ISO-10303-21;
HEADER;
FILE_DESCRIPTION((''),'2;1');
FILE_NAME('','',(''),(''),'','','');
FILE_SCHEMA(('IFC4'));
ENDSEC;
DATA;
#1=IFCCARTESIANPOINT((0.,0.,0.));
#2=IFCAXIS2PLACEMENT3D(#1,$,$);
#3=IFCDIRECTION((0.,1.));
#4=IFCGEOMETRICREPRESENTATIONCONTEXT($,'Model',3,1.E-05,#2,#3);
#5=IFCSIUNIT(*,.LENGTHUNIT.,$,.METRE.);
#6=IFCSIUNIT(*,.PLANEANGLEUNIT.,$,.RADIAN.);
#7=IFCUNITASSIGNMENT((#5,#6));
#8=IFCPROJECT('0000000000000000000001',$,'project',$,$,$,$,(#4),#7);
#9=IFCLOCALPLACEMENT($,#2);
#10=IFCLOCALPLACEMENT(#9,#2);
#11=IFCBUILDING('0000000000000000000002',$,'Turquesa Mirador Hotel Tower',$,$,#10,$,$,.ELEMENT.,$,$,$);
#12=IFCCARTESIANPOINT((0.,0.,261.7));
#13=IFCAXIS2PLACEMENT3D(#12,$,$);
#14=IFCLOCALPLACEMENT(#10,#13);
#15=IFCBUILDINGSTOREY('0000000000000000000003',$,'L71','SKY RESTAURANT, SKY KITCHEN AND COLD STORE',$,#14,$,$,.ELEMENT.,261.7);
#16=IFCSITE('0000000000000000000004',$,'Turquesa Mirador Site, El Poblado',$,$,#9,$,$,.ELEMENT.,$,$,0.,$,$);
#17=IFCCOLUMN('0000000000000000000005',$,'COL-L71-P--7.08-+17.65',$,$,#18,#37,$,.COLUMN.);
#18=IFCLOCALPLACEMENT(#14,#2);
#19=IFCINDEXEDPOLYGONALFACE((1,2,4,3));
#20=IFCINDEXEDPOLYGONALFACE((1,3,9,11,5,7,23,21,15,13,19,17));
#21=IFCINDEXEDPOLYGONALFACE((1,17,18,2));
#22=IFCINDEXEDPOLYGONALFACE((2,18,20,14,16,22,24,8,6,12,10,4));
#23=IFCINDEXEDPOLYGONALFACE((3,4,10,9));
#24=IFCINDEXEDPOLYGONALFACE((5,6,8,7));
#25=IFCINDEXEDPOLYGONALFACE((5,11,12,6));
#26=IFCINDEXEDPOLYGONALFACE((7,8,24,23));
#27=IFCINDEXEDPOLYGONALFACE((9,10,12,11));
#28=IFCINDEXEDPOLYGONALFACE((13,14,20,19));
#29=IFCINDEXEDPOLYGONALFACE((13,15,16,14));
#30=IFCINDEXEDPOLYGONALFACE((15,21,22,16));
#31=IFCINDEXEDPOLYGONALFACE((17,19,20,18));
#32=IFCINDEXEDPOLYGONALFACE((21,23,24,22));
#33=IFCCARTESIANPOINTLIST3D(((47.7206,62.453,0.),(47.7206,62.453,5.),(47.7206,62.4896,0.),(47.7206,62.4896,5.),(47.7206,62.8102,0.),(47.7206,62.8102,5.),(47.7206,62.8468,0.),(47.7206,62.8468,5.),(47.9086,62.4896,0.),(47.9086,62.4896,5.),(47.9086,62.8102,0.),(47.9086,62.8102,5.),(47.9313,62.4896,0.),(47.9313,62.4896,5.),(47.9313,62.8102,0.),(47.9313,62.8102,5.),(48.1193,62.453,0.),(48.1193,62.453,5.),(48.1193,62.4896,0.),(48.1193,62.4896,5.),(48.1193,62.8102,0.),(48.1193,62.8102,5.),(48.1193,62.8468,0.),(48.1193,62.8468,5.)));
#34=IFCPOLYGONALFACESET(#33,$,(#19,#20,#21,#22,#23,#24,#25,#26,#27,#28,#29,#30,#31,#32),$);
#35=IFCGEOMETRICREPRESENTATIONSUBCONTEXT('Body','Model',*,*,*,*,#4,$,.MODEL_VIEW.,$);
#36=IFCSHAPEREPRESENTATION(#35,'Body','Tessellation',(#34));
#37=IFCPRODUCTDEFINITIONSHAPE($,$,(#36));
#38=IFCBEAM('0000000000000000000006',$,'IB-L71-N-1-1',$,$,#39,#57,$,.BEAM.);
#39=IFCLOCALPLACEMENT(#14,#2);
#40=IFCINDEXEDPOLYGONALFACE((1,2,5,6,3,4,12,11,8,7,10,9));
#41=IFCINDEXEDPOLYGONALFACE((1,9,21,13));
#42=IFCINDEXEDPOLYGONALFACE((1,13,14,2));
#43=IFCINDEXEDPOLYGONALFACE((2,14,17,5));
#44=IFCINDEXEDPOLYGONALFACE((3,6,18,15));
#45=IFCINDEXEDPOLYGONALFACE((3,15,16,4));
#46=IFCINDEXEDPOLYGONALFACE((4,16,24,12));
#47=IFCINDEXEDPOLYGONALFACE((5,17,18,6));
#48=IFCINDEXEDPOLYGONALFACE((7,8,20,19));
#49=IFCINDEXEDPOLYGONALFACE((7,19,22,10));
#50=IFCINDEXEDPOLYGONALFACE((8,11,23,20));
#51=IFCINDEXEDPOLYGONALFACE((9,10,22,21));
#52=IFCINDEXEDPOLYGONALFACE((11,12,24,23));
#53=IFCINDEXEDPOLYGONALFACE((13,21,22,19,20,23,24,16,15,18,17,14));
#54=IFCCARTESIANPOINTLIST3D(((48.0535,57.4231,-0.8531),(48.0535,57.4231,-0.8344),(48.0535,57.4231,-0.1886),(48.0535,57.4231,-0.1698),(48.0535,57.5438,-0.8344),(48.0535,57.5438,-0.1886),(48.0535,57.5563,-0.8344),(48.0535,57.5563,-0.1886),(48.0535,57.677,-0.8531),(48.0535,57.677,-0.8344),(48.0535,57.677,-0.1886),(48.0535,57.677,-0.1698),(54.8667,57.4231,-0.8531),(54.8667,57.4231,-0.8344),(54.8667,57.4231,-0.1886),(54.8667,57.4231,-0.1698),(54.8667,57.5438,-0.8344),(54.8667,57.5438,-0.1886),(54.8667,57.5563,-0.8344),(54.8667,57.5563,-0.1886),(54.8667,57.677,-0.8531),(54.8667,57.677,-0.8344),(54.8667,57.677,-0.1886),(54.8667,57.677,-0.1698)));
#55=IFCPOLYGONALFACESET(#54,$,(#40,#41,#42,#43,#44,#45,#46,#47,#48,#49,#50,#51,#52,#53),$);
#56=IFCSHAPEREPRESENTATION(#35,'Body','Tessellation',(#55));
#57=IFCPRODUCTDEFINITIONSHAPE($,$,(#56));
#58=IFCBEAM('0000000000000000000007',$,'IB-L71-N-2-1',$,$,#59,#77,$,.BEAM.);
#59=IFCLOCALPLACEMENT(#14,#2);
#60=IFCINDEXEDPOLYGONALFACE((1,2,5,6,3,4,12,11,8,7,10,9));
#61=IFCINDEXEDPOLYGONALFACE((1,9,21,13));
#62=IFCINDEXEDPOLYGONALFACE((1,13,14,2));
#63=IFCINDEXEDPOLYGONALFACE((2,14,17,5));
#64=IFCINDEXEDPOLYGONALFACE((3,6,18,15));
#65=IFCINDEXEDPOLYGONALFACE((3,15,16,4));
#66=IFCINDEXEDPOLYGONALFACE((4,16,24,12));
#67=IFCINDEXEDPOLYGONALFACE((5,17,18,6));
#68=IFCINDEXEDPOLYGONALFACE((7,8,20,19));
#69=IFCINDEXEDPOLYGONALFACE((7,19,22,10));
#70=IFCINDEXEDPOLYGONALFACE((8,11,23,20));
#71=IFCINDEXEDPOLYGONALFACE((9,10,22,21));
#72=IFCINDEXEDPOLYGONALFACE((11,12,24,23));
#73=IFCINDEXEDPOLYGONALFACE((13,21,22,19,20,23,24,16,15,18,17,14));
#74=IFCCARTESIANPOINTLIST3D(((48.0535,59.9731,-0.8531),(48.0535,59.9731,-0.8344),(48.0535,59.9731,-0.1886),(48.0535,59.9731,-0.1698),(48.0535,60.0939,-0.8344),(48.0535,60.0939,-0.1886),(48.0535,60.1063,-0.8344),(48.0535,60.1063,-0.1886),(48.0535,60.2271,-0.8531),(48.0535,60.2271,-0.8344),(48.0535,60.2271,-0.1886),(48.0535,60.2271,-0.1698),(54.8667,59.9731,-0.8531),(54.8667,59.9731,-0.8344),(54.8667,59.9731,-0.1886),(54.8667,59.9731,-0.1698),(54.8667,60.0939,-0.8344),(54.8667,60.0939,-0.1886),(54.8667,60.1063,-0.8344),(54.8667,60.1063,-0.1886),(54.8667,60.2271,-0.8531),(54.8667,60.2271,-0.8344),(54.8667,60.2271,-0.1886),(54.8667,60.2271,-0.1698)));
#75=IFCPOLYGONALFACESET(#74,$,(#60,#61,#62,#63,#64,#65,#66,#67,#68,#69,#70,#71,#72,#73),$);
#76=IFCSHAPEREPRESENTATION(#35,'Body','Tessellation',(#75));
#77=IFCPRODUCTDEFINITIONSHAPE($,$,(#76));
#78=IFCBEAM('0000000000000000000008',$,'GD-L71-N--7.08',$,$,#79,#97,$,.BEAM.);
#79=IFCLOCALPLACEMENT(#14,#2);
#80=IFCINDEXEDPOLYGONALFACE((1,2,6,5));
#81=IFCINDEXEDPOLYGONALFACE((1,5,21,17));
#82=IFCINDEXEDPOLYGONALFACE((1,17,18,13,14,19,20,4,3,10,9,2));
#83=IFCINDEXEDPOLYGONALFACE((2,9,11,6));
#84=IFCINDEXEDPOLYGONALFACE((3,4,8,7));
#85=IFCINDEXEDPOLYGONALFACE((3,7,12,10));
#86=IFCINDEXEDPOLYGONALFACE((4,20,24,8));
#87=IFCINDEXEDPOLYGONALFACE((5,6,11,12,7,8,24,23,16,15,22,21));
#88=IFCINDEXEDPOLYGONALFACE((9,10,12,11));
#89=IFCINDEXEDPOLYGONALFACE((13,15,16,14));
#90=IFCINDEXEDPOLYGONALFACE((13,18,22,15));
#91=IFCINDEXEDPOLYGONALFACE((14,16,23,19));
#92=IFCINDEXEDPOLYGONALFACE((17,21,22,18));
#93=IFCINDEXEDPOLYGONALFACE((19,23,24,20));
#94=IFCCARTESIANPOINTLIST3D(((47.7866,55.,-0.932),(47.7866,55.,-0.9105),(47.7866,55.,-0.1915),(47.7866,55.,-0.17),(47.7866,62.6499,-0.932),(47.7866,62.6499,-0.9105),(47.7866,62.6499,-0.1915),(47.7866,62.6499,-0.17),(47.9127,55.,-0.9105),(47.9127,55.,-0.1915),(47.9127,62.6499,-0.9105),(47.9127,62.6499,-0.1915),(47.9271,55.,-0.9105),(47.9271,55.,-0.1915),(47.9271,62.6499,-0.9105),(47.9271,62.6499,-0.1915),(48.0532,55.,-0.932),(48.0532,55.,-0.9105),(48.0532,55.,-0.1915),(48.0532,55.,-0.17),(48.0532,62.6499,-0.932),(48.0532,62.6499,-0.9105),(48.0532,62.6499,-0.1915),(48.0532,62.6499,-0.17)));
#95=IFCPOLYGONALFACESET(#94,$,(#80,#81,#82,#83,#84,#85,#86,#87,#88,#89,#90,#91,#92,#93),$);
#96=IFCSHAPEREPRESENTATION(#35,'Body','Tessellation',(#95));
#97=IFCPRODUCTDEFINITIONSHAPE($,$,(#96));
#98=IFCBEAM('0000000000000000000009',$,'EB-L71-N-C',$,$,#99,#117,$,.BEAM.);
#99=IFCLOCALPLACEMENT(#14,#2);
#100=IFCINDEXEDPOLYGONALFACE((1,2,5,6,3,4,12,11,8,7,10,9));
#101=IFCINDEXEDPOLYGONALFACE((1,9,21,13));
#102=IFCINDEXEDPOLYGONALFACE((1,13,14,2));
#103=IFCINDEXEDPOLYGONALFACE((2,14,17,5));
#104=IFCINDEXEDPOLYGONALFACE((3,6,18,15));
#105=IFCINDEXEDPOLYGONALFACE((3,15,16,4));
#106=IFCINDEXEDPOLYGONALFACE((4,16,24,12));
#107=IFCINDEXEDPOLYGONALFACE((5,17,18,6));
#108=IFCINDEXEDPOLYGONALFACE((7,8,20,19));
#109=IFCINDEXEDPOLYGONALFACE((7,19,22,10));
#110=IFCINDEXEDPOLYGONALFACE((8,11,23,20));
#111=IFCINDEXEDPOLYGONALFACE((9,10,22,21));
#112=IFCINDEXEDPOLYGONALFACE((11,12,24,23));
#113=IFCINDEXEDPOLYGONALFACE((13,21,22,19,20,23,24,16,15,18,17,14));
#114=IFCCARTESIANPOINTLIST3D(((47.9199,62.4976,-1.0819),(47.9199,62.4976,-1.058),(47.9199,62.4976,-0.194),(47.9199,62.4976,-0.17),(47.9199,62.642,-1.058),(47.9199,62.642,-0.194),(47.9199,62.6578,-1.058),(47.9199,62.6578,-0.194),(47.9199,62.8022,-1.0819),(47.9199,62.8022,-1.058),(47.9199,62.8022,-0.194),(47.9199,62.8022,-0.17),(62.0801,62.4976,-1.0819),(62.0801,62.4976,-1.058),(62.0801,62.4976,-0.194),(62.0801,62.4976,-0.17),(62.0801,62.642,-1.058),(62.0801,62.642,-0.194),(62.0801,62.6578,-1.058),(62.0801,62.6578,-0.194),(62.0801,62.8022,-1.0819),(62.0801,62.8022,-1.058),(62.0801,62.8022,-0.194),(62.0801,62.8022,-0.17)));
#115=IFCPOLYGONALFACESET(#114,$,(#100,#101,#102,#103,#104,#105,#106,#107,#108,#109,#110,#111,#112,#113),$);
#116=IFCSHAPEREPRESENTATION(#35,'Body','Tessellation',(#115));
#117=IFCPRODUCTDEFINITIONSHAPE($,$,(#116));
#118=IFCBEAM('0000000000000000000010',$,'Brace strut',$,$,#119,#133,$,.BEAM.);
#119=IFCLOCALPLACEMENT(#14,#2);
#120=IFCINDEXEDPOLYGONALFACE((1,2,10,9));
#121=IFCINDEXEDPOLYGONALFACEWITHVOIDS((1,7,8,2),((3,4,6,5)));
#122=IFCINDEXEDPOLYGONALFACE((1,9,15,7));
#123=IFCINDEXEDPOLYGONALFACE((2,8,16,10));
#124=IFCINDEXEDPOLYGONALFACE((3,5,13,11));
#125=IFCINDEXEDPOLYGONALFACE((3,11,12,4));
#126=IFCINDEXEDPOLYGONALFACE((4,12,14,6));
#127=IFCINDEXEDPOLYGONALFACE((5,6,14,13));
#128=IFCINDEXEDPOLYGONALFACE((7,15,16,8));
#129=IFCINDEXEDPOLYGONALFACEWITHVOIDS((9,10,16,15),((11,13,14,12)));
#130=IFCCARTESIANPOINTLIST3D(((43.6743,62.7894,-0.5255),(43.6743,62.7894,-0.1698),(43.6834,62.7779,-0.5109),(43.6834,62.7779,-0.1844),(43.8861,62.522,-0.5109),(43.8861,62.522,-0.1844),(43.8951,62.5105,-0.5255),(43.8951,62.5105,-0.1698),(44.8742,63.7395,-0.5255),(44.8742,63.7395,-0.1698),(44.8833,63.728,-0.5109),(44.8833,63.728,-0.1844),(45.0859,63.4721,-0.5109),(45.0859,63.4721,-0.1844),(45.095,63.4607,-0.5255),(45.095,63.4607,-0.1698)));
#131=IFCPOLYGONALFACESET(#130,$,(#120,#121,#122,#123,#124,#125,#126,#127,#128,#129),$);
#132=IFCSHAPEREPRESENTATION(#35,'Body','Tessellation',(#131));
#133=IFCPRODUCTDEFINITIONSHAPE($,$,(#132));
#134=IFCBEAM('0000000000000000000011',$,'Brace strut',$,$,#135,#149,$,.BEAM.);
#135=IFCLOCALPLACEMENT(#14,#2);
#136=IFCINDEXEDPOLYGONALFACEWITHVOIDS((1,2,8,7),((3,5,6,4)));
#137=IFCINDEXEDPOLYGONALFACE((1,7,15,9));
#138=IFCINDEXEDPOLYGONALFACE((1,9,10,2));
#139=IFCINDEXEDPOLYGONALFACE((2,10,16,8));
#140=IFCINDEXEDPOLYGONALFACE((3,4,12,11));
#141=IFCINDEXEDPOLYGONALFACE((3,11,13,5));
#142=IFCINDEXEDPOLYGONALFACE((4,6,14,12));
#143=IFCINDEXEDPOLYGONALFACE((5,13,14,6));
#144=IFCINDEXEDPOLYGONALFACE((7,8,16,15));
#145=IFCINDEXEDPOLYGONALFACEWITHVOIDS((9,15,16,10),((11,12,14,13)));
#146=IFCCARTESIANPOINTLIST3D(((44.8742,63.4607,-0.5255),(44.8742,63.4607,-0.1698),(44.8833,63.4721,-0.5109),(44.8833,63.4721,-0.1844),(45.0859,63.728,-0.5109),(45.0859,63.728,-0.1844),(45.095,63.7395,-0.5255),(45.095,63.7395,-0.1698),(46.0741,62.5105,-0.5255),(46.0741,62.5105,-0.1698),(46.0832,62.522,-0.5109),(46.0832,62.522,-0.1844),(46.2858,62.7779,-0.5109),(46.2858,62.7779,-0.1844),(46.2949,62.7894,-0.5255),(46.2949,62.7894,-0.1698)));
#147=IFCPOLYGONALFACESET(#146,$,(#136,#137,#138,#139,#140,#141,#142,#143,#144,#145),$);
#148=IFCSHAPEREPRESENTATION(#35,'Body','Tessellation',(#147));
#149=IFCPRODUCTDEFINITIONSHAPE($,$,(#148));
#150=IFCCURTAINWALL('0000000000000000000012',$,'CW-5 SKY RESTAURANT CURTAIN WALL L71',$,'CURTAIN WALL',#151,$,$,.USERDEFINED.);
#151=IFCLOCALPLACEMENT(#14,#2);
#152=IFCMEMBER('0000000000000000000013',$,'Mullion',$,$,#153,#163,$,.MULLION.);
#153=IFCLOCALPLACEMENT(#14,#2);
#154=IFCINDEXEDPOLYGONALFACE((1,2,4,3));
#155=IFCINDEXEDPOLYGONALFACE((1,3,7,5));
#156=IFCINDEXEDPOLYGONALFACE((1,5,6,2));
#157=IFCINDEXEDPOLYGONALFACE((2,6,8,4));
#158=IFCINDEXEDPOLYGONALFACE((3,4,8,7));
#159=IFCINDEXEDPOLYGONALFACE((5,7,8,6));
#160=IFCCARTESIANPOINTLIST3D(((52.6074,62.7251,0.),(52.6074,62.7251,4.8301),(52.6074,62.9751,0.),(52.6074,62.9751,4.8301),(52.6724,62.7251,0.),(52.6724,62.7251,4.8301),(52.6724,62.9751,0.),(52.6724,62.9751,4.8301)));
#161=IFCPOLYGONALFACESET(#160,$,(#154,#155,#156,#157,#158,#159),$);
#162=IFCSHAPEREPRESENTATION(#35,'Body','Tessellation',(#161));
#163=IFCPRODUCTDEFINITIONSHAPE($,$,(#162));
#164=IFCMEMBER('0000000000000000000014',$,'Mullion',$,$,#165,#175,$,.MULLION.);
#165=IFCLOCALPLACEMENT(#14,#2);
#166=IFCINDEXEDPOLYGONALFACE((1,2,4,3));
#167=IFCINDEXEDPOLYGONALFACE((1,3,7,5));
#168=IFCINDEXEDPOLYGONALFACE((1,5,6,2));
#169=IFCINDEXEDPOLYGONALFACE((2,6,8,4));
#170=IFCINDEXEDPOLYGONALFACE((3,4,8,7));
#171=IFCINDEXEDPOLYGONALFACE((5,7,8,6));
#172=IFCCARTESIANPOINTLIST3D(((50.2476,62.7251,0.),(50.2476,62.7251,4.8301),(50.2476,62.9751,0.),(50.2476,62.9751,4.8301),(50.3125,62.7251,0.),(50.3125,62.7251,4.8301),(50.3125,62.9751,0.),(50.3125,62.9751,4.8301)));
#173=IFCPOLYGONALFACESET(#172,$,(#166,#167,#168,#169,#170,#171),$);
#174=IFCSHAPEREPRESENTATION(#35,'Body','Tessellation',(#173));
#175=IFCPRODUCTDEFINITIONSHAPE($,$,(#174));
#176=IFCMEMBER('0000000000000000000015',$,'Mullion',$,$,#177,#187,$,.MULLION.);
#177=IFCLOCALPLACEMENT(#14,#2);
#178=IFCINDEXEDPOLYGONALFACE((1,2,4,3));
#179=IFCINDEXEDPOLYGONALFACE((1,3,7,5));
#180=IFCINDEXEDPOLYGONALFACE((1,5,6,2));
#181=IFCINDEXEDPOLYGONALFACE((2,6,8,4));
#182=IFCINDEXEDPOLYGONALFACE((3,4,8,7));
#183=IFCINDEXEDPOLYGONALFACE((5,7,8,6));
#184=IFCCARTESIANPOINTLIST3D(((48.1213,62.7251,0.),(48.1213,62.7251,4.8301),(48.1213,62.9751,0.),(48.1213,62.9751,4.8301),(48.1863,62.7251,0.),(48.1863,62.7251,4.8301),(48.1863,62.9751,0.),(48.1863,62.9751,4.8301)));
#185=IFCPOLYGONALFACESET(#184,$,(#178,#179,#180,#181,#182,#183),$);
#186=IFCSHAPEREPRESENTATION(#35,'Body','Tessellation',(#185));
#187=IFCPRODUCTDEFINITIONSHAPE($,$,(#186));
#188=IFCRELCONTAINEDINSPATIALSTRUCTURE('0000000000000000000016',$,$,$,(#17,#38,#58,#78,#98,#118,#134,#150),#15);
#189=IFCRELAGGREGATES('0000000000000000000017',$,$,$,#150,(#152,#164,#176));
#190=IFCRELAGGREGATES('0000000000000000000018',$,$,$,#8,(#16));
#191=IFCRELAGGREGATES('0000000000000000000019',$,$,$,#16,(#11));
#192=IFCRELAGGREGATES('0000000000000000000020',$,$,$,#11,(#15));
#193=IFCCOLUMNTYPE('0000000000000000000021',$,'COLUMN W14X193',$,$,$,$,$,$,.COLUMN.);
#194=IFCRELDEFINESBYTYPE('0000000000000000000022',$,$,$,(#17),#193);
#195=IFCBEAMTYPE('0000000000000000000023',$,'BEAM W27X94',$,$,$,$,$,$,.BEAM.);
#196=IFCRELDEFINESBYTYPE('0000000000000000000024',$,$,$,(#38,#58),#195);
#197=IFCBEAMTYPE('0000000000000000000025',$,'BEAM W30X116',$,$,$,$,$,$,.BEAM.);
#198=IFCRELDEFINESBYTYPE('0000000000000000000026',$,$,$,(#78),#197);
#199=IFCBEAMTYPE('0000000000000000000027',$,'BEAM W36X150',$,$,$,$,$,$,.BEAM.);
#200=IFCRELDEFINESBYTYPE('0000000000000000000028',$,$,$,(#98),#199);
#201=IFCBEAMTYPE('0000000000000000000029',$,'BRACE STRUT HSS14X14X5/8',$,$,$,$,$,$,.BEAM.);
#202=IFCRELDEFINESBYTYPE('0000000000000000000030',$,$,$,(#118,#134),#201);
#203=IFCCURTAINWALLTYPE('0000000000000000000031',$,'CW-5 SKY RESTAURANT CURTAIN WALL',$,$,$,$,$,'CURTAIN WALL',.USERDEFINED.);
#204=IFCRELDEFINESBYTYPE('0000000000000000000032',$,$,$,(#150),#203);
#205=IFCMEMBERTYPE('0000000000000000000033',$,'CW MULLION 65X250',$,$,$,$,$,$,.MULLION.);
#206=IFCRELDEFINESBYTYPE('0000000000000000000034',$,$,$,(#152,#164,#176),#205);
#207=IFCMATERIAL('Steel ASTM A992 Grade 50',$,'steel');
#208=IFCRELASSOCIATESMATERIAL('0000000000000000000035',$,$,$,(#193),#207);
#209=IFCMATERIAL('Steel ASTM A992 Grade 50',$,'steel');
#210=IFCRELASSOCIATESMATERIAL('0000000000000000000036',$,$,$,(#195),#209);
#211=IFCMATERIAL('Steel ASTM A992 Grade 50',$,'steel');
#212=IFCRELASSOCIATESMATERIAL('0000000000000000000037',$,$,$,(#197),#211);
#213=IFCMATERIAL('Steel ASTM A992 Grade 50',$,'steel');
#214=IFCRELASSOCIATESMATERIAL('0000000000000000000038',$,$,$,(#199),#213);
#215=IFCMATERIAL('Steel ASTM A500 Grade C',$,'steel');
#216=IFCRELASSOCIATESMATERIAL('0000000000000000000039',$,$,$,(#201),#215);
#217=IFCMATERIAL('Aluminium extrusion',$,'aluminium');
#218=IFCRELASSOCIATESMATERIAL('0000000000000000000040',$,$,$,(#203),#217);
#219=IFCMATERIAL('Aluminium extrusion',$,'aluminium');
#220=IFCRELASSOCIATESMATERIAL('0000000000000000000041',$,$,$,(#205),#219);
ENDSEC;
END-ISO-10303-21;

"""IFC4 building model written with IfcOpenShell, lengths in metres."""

from ifc_helpers import new_model, si_unit, direction, frame, origin, origin_2d, place, context, subcontext, project, spatial, rectangle, hollow_rectangle, i_section, extrude, material, material_profile, profile_set, type_object, element, aggregate, save


model = new_model("IFC4")

# Units and contexts
model_context = context("Model", 3, precision=1e-05, world=origin(), true_north=direction((0.0, 1.0)))
body_context = subcontext(model_context, "Body", "Model", "MODEL_VIEW")
ifc_project = project(units=[si_unit("LENGTHUNIT", "METRE"), si_unit("PLANEANGLEUNIT", "RADIAN")], contexts=[model_context])

# Site, building, storey
site_placement = place(None, origin())
site = spatial("IfcSite", under=ifc_project, at=site_placement, Name="Turquesa Mirador Site, El Poblado", CompositionType="ELEMENT", RefElevation=0.0)
building_placement = place(site_placement, origin())
building = spatial("IfcBuilding", under=site, at=building_placement, Name="Turquesa Mirador Hotel Tower", CompositionType="ELEMENT")
storey_placement = place(building_placement, frame((0.0, 0.0, 261.7)))
storey = spatial("IfcBuildingStorey", under=building, at=storey_placement, Name="L71", Description="SKY RESTAURANT, SKY KITCHEN AND COLD STORE", CompositionType="ELEMENT", Elevation=261.7)

# Column
ifc_material_1 = material(Name="Steel ASTM A992 Grade 50", Category="steel")
ifc_material_profile_1 = material_profile(ifc_material_1, i_section(OverallWidth=0.3987, OverallDepth=0.3938, WebThickness=0.0227, FlangeThickness=0.0366, at=origin_2d()), Name="W14X193")
ifc_profile_set_1 = profile_set([ifc_material_profile_1], Name="Steel ASTM A992 Grade 50")
column_type = type_object("IfcColumnType", Name="COLUMN W14X193", PredefinedType="COLUMN", material=ifc_profile_set_1)
column_placement = place(storey_placement, frame((47.9199, 62.6499, 0.0), z_axis=(0.0, 0.0, 1.0), x_axis=(1.0, 0.0, 0.0)))
element("IfcColumn", 1, at=column_placement, inside=storey, type_object=column_type, Name="COL-L71-P--7.08-+17.65", PredefinedType="COLUMN", context=body_context, shape_type="SweptSolid", body=[
    extrude(i_section(OverallWidth=0.3987, OverallDepth=0.3938, WebThickness=0.0227, FlangeThickness=0.0366, at=origin_2d()), origin(), (0.0, 0.0, 1.0), 5.0),
])

# Beams
ifc_material_2 = material(Name="Steel ASTM A992 Grade 50", Category="steel")
ifc_material_profile_2 = material_profile(ifc_material_2, i_section(OverallWidth=0.2539, OverallDepth=0.6833, WebThickness=0.0125, FlangeThickness=0.0188, at=origin_2d()), Name="W27X94")
ifc_profile_set_2 = profile_set([ifc_material_profile_2], Name="Steel ASTM A992 Grade 50")
beam_type_1 = type_object("IfcBeamType", Name="BEAM W27X94", PredefinedType="BEAM", material=ifc_profile_set_2)
for number, where, z_axis, x_axis, name in (
    (2, (48.0535, 57.55, -0.5115), (1.0, 0.0, 0.0), (0.0, 1.0, 0.0), "IB-L71-N-1-1"),
    (3, (48.0535, 60.1001, -0.5115), (1.0, 0.0, 0.0), (0.0, 1.0, 0.0), "IB-L71-N-2-1"),
):
    element("IfcBeam", number, at=place(storey_placement, frame(where, z_axis=z_axis, x_axis=x_axis)), inside=storey, type_object=beam_type_1, Name=name, PredefinedType="BEAM", context=body_context, shape_type="SweptSolid", body=[
        extrude(i_section(OverallWidth=0.2539, OverallDepth=0.6833, WebThickness=0.0125, FlangeThickness=0.0188, at=origin_2d()), origin(), (0.0, 0.0, 1.0), 6.8132),
    ])
ifc_material_3 = material(Name="Steel ASTM A992 Grade 50", Category="steel")
ifc_material_profile_3 = material_profile(ifc_material_3, i_section(OverallWidth=0.2666, OverallDepth=0.762, WebThickness=0.0144, FlangeThickness=0.0215, at=origin_2d()), Name="W30X116")
ifc_profile_set_3 = profile_set([ifc_material_profile_3], Name="Steel ASTM A992 Grade 50")
beam_type_2 = type_object("IfcBeamType", Name="BEAM W30X116", PredefinedType="BEAM", material=ifc_profile_set_3)
beam_1_placement = place(storey_placement, frame((47.9199, 62.6499, -0.551), z_axis=(0.0, -1.0, 0.0), x_axis=(1.0, 0.0, 0.0)))
element("IfcBeam", 4, at=beam_1_placement, inside=storey, type_object=beam_type_2, Name="GD-L71-N--7.08", PredefinedType="BEAM", context=body_context, shape_type="SweptSolid", body=[
    extrude(i_section(OverallWidth=0.2666, OverallDepth=0.762, WebThickness=0.0144, FlangeThickness=0.0215, at=origin_2d()), origin(), (0.0, 0.0, 1.0), 7.6499),
])
ifc_material_4 = material(Name="Steel ASTM A992 Grade 50", Category="steel")
ifc_material_profile_4 = material_profile(ifc_material_4, i_section(OverallWidth=0.3047, OverallDepth=0.9119, WebThickness=0.0159, FlangeThickness=0.0239, at=origin_2d()), Name="W36X150")
ifc_profile_set_4 = profile_set([ifc_material_profile_4], Name="Steel ASTM A992 Grade 50")
beam_type_3 = type_object("IfcBeamType", Name="BEAM W36X150", PredefinedType="BEAM", material=ifc_profile_set_4)
beam_2_placement = place(storey_placement, frame((47.9199, 62.6499, -0.626), z_axis=(1.0, 0.0, 0.0), x_axis=(0.0, 1.0, 0.0)))
element("IfcBeam", 5, at=beam_2_placement, inside=storey, type_object=beam_type_3, Name="EB-L71-N-C", PredefinedType="BEAM", context=body_context, shape_type="SweptSolid", body=[
    extrude(i_section(OverallWidth=0.3047, OverallDepth=0.9119, WebThickness=0.0159, FlangeThickness=0.0239, at=origin_2d()), origin(), (0.0, 0.0, 1.0), 14.1602),
])
ifc_material_5 = material(Name="Steel ASTM A500 Grade C", Category="steel")
ifc_material_profile_5 = material_profile(ifc_material_5, hollow_rectangle(XDim=0.3557, YDim=0.3557, WallThickness=0.0146, at=origin_2d()), Name="HSS14X14X5/8")
ifc_profile_set_5 = profile_set([ifc_material_profile_5], Name="Steel ASTM A500 Grade C")
beam_type_4 = type_object("IfcBeamType", Name="BRACE STRUT HSS14X14X5/8", PredefinedType="BEAM", material=ifc_profile_set_5)
for number, where, z_axis, x_axis, name in (
    (6, (44.9846, 63.6001, -0.3477), (-0.783971, -0.620797, 0.0), (0.620797, -0.783971, 0.0), "Brace strut"),
    (7, (44.9846, 63.6001, -0.3477), (0.783971, -0.620797, 0.0), (0.620797, 0.783971, 0.0), "Brace strut"),
):
    element("IfcBeam", number, at=place(storey_placement, frame(where, z_axis=z_axis, x_axis=x_axis)), inside=storey, type_object=beam_type_4, Name=name, PredefinedType="BEAM", context=body_context, shape_type="SweptSolid", body=[
        extrude(hollow_rectangle(XDim=0.3557, YDim=0.3557, WallThickness=0.0146, at=origin_2d()), origin(), (0.0, 0.0, 1.0), 1.5305),
    ])

# Curtain wall, members
ifc_material_6 = material(Name="Aluminium extrusion", Category="aluminium")
curtain_wall_type = type_object("IfcCurtainWallType", Name="CW-5 SKY RESTAURANT CURTAIN WALL", ElementType="CURTAIN WALL", PredefinedType="USERDEFINED", material=ifc_material_6)
curtain_wall_1_placement = place(storey_placement, origin())
curtain_wall_1 = element("IfcCurtainWall", 8, at=curtain_wall_1_placement, inside=storey, type_object=curtain_wall_type, Name="CW-5 SKY RESTAURANT CURTAIN WALL L71", ObjectType="CURTAIN WALL", PredefinedType="USERDEFINED")
ifc_material_7 = material(Name="Aluminium extrusion", Category="aluminium")
ifc_material_profile_6 = material_profile(ifc_material_7, rectangle(XDim=0.0649, YDim=0.25, at=origin_2d()), Name="MULLION 65X250")
ifc_profile_set_6 = profile_set([ifc_material_profile_6], Name="Aluminium extrusion")
member_type_1 = type_object("IfcMemberType", Name="CW MULLION 65X250", PredefinedType="MULLION", material=ifc_profile_set_6)
member_1_placement = place(storey_placement, frame((52.6399, 62.8501, 0.0), z_axis=(0.0, 0.0, 1.0), x_axis=(-1.0, 0.0, 0.0)))
member_1 = element("IfcMember", 9, at=member_1_placement, type_object=member_type_1, Name="Mullion", PredefinedType="MULLION", context=body_context, shape_type="SweptSolid", body=[
    extrude(rectangle(XDim=0.0649, YDim=0.25, at=origin_2d()), origin(), (0.0, 0.0, 1.0), 4.8301),
])
member_2_placement = place(storey_placement, frame((50.28, 62.8501, 0.0), z_axis=(0.0, 0.0, 1.0), x_axis=(-1.0, 0.0, 0.0)))
member_2 = element("IfcMember", 10, at=member_2_placement, type_object=member_type_1, Name="Mullion", PredefinedType="MULLION", context=body_context, shape_type="SweptSolid", body=[
    extrude(rectangle(XDim=0.0649, YDim=0.25, at=origin_2d()), origin(), (0.0, 0.0, 1.0), 4.8301),
])
member_3_placement = place(storey_placement, frame((48.1538, 62.8501, 0.0), z_axis=(0.0, 0.0, 1.0), x_axis=(-1.0, 0.0, 0.0)))
member_3 = element("IfcMember", 11, at=member_3_placement, type_object=member_type_1, Name="Mullion", PredefinedType="MULLION", context=body_context, shape_type="SweptSolid", body=[
    extrude(rectangle(XDim=0.0649, YDim=0.25, at=origin_2d()), origin(), (0.0, 0.0, 1.0), 4.8301),
])

aggregate(curtain_wall_1, [member_1, member_2, member_3])

save(model, "model.ifc")
